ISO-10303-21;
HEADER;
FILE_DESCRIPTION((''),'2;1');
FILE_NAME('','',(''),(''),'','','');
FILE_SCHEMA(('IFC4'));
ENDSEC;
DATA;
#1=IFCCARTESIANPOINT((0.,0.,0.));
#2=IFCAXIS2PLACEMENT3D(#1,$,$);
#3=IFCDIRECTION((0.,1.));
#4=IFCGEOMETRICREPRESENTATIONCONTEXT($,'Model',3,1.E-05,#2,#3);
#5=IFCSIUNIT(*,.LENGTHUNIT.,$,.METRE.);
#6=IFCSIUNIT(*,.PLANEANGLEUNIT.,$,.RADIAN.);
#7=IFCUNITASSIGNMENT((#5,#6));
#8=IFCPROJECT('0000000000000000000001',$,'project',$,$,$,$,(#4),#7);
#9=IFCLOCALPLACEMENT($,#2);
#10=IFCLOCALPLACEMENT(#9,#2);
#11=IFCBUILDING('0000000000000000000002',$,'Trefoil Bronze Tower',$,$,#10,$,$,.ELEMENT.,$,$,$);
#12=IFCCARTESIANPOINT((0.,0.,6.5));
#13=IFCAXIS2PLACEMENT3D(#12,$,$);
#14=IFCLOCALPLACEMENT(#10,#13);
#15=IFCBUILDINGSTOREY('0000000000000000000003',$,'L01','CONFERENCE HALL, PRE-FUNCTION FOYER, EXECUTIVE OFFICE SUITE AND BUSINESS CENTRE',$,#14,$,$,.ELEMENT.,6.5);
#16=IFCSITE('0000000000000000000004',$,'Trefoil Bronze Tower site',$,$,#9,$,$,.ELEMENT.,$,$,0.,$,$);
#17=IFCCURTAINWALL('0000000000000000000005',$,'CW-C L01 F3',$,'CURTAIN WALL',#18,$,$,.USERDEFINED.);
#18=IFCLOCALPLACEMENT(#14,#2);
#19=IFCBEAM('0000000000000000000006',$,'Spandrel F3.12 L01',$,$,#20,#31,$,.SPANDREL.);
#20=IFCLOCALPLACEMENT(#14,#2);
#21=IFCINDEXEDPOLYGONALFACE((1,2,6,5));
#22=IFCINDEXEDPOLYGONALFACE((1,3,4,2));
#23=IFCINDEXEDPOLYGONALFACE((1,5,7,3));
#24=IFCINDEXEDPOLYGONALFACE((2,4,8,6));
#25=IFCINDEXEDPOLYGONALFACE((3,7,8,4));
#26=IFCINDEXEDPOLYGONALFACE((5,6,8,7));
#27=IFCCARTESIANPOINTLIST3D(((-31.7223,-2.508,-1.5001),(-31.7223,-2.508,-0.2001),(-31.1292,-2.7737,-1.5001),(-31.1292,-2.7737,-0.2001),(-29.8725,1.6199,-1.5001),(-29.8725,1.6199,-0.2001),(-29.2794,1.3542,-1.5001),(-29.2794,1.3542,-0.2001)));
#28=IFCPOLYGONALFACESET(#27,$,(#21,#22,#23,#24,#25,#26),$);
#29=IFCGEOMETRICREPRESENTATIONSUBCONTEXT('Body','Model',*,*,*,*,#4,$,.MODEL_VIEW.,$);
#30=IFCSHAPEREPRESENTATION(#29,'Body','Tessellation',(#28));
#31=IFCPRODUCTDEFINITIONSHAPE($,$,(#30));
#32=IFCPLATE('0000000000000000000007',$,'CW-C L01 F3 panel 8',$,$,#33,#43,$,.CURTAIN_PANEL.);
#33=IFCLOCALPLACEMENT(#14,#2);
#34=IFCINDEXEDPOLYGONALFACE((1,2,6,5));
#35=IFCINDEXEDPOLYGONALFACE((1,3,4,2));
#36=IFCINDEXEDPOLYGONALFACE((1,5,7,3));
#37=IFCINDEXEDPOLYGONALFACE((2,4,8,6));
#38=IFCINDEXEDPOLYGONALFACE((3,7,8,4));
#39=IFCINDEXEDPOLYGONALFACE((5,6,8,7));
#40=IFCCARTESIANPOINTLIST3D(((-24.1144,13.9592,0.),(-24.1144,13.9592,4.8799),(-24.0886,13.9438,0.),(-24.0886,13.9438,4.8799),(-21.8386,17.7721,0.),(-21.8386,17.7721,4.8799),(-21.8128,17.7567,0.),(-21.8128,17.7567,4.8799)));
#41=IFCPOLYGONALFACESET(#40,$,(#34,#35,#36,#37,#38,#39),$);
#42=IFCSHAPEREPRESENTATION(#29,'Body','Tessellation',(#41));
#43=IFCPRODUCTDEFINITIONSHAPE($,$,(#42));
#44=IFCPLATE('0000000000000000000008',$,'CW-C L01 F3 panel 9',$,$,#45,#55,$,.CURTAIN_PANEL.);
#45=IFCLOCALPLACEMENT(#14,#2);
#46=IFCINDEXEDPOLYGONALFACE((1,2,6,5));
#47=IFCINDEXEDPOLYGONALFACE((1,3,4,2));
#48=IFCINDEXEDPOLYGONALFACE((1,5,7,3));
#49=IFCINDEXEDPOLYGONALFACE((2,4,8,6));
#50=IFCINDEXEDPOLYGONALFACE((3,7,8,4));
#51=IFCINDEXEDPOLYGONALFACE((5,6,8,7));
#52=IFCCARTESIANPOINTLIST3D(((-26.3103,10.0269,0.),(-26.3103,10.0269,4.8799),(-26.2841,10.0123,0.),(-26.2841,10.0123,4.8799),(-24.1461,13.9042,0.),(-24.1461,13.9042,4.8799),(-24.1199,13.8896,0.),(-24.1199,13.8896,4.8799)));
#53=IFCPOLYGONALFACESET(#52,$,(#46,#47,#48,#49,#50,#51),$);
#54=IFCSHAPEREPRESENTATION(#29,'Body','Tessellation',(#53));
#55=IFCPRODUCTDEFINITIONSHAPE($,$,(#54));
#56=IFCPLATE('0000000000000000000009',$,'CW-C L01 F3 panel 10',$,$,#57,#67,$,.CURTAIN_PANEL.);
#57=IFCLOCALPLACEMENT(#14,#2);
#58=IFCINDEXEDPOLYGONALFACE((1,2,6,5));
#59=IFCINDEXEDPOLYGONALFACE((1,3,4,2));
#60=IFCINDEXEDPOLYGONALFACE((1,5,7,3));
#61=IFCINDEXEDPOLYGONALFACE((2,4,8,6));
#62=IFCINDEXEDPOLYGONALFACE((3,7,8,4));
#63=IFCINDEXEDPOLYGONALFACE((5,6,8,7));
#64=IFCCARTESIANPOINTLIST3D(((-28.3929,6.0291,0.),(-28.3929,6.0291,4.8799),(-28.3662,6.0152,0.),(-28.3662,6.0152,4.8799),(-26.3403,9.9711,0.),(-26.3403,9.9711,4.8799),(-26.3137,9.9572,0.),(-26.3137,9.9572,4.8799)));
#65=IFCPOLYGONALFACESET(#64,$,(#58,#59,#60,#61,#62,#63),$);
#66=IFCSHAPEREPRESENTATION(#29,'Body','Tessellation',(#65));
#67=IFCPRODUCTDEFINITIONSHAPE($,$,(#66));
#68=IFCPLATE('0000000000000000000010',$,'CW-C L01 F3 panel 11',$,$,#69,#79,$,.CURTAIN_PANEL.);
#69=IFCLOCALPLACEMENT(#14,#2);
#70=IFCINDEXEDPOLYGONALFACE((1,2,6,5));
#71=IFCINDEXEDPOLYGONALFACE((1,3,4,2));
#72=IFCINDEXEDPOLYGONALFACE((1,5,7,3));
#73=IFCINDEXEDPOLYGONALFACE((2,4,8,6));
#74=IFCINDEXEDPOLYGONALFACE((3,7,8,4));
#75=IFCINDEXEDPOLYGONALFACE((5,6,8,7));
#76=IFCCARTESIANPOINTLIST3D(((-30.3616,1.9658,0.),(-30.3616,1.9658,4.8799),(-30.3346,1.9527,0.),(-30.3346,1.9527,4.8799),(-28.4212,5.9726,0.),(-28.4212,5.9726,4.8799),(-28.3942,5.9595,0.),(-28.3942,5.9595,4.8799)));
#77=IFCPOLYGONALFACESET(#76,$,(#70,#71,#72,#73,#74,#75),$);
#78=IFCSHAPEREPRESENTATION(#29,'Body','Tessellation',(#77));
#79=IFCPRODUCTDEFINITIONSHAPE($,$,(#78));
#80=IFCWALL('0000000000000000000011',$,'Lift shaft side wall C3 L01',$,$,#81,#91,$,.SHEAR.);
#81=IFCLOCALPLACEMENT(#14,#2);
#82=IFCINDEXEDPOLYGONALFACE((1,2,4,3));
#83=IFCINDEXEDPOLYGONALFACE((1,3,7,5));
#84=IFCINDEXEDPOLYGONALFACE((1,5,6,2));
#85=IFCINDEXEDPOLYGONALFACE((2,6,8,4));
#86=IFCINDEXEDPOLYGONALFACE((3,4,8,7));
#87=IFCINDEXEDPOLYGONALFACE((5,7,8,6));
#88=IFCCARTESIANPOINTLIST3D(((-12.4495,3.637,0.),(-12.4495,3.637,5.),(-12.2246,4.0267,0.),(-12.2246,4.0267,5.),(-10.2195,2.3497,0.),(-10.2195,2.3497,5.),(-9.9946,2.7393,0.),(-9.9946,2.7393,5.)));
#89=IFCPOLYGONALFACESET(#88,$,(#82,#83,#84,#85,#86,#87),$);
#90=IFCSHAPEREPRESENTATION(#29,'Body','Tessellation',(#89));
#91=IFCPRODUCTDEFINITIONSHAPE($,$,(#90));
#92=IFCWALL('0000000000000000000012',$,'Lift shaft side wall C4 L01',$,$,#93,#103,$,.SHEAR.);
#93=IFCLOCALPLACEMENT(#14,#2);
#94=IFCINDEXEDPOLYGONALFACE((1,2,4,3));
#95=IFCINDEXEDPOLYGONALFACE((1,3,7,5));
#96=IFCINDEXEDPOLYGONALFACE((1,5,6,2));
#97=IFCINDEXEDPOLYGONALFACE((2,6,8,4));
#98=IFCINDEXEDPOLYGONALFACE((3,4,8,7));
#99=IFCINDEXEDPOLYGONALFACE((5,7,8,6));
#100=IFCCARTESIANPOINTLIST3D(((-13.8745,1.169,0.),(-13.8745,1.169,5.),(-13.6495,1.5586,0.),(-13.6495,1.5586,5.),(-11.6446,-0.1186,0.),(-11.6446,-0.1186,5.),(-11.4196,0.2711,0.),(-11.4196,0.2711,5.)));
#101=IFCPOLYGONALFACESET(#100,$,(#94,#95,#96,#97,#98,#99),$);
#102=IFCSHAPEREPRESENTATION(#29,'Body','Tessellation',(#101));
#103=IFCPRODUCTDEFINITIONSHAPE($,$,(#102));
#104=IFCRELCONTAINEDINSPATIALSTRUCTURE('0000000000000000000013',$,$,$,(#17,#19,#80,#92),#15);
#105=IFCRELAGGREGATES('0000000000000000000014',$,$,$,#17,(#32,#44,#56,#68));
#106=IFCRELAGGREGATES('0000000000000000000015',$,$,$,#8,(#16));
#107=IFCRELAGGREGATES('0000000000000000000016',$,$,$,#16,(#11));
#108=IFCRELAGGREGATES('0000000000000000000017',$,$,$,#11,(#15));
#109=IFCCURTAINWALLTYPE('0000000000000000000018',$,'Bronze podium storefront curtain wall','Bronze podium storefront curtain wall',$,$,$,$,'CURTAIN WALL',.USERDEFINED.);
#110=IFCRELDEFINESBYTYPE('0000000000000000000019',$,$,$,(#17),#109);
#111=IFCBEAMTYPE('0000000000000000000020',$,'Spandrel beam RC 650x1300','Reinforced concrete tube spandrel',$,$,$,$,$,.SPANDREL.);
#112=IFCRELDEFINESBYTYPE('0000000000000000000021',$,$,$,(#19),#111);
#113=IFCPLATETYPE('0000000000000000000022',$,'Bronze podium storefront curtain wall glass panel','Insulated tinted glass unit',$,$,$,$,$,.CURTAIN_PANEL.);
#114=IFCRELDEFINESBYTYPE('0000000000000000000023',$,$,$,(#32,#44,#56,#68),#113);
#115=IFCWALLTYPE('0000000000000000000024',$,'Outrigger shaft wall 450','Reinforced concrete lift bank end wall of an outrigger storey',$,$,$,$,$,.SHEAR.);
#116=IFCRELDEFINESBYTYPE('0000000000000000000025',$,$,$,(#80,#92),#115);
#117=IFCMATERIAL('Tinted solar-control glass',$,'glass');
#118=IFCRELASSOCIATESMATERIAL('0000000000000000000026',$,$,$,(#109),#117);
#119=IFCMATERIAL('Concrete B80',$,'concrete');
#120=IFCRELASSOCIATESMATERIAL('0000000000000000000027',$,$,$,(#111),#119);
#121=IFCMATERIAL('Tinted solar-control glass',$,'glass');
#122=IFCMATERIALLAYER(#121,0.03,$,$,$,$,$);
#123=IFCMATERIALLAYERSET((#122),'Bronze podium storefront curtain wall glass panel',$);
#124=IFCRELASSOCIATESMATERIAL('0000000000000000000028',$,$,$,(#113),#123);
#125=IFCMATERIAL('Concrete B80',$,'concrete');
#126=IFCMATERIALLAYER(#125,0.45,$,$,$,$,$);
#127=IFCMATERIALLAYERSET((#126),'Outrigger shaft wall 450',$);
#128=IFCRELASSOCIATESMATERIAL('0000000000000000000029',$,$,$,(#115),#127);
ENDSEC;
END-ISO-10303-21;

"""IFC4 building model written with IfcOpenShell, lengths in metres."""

from ifc_helpers import new_model, si_unit, direction, frame, frame_2d, origin, origin_2d, place, context, subcontext, project, spatial, rectangle, extrude, material, layer, layer_set, material_profile, profile_set, type_object, element, aggregate, save


model = new_model("IFC4")

# Units and contexts
model_context = context("Model", 3, precision=1e-05, world=origin(), true_north=direction((0.0, 1.0)))
body_context = subcontext(model_context, "Body", "Model", "MODEL_VIEW")
ifc_project = project(units=[si_unit("LENGTHUNIT", "METRE"), si_unit("PLANEANGLEUNIT", "RADIAN")], contexts=[model_context])

# Site, building, storey
site_placement = place(None, origin())
site = spatial("IfcSite", under=ifc_project, at=site_placement, Name="Trefoil Bronze Tower site", CompositionType="ELEMENT", RefElevation=0.0)
building_placement = place(site_placement, origin())
building = spatial("IfcBuilding", under=site, at=building_placement, Name="Trefoil Bronze Tower", CompositionType="ELEMENT")
storey_placement = place(building_placement, frame((0.0, 0.0, 6.5)))
storey = spatial("IfcBuildingStorey", under=building, at=storey_placement, Name="L01", Description="CONFERENCE HALL, PRE-FUNCTION FOYER, EXECUTIVE OFFICE SUITE AND BUSINESS CENTRE", CompositionType="ELEMENT", Elevation=6.5)

# Curtain wall
ifc_material_1 = material(Name="Tinted solar-control glass", Category="glass")
curtain_wall_type = type_object("IfcCurtainWallType", Name="Bronze podium storefront curtain wall", Description="Bronze podium storefront curtain wall", ElementType="CURTAIN WALL", PredefinedType="USERDEFINED", material=ifc_material_1)
curtain_wall_placement = place(storey_placement, origin())
curtain_wall = element("IfcCurtainWall", 1, at=curtain_wall_placement, inside=storey, type_object=curtain_wall_type, Name="CW-C L01 F3", ObjectType="CURTAIN WALL", PredefinedType="USERDEFINED")

# Beam
ifc_material_2 = material(Name="Concrete B80", Category="concrete")
ifc_material_profile_1 = material_profile(ifc_material_2, rectangle(XDim=0.6499, YDim=1.3, at=origin_2d()), Name="RC 650x1300")
ifc_profile_set_1 = profile_set([ifc_material_profile_1], Name="Concrete B80")
beam_type_1 = type_object("IfcBeamType", Name="Spandrel beam RC 650x1300", Description="Reinforced concrete tube spandrel", PredefinedType="SPANDREL", material=ifc_profile_set_1)
beam_1_placement = place(storey_placement, frame((-29.5759, 1.4871, -0.8501), z_axis=(-0.408946, -0.912559, 0.0), x_axis=(0.912559, -0.408946, 0.0)))
element("IfcBeam", 2, at=beam_1_placement, inside=storey, type_object=beam_type_1, Name="Spandrel F3.12 L01", PredefinedType="SPANDREL", context=body_context, shape_type="SweptSolid", body=[
    extrude(rectangle(XDim=0.6499, YDim=1.3, at=origin_2d()), origin(), (0.0, 0.0, 1.0), 4.5234),
])

# Plates
ifc_material_3 = material(Name="Tinted solar-control glass", Category="glass")
ifc_layer_1 = layer(ifc_material_3, 0.03)
ifc_layer_set_1 = layer_set([ifc_layer_1], Name="Bronze podium storefront curtain wall glass panel")
plate_type = type_object("IfcPlateType", Name="Bronze podium storefront curtain wall glass panel", Description="Insulated tinted glass unit", PredefinedType="CURTAIN_PANEL", material=ifc_layer_set_1)
plate_1_placement = place(storey_placement, frame((-22.9636, 15.8579, 0.0), z_axis=(0.0, 0.0, 1.0), x_axis=(-0.512513, -0.85868, 0.0)))
plate_1 = element("IfcPlate", 3, at=plate_1_placement, type_object=plate_type, Name="CW-C L01 F3 panel 8", PredefinedType="CURTAIN_PANEL", context=body_context, shape_type="SweptSolid", body=[
    extrude(rectangle(XDim=4.4404, YDim=0.03, at=origin_2d()), origin(), (0.0, 0.0, 1.0), 4.8799),
])
plate_2_placement = place(storey_placement, frame((-25.2151, 11.9583, 0.0), z_axis=(0.0, 0.0, 1.0), x_axis=(-0.487382, -0.873189, 0.0)))
plate_2 = element("IfcPlate", 4, at=plate_2_placement, type_object=plate_type, Name="CW-C L01 F3 panel 9", PredefinedType="CURTAIN_PANEL", context=body_context, shape_type="SweptSolid", body=[
    extrude(rectangle(XDim=4.4404, YDim=0.03, at=origin_2d()), origin(), (0.0, 0.0, 1.0), 4.8799),
])
plate_3_placement = place(storey_placement, frame((-27.3533, 7.9932, 0.0), z_axis=(0.0, 0.0, 1.0), x_axis=(-0.46183, -0.886969, 0.0)))
plate_3 = element("IfcPlate", 5, at=plate_3_placement, type_object=plate_type, Name="CW-C L01 F3 panel 10", PredefinedType="CURTAIN_PANEL", context=body_context, shape_type="SweptSolid", body=[
    extrude(rectangle(XDim=4.4443, YDim=0.03, at=origin_2d()), origin(), (0.0, 0.0, 1.0), 4.8799),
])
plate_4_placement = place(storey_placement, frame((-29.3779, 3.9626, 0.0), z_axis=(0.0, 0.0, 1.0), x_axis=(-0.435855, -0.900017, 0.0)))
plate_4 = element("IfcPlate", 6, at=plate_4_placement, type_object=plate_type, Name="CW-C L01 F3 panel 11", PredefinedType="CURTAIN_PANEL", context=body_context, shape_type="SweptSolid", body=[
    extrude(rectangle(XDim=4.4519, YDim=0.03, at=origin_2d()), origin(), (0.0, 0.0, 1.0), 4.8799),
])
aggregate(curtain_wall, [plate_1, plate_2, plate_3, plate_4])

# Walls
ifc_material_4 = material(Name="Concrete B80", Category="concrete")
ifc_layer_2 = layer(ifc_material_4, 0.45)
ifc_layer_set_2 = layer_set([ifc_layer_2], Name="Outrigger shaft wall 450")
wall_type = type_object("IfcWallType", Name="Outrigger shaft wall 450", Description="Reinforced concrete lift bank end wall of an outrigger storey", PredefinedType="SHEAR", material=ifc_layer_set_2)
for number, where, z_axis, x_axis, name in (
    (7, (-10.1069, 2.5444, 0.0), (0.0, 0.0, 1.0), (-0.866047, 0.499963, 0.0), "Lift shaft side wall C3 L01"),
    (8, (-11.532, 0.0762, 0.0), (0.0, 0.0, 1.0), (-0.866006, 0.500034, 0.0), "Lift shaft side wall C4 L01"),
):
    element("IfcWall", number, at=place(storey_placement, frame(where, z_axis=z_axis, x_axis=x_axis)), inside=storey, type_object=wall_type, Name=name, PredefinedType="SHEAR", context=body_context, shape_type="SweptSolid", body=[
        extrude(rectangle(XDim=2.575, YDim=0.45, at=frame_2d((1.2876, 0.0))), origin(), (0.0, 0.0, 1.0), 5.0),
    ])

save(model, "model.ifc")
